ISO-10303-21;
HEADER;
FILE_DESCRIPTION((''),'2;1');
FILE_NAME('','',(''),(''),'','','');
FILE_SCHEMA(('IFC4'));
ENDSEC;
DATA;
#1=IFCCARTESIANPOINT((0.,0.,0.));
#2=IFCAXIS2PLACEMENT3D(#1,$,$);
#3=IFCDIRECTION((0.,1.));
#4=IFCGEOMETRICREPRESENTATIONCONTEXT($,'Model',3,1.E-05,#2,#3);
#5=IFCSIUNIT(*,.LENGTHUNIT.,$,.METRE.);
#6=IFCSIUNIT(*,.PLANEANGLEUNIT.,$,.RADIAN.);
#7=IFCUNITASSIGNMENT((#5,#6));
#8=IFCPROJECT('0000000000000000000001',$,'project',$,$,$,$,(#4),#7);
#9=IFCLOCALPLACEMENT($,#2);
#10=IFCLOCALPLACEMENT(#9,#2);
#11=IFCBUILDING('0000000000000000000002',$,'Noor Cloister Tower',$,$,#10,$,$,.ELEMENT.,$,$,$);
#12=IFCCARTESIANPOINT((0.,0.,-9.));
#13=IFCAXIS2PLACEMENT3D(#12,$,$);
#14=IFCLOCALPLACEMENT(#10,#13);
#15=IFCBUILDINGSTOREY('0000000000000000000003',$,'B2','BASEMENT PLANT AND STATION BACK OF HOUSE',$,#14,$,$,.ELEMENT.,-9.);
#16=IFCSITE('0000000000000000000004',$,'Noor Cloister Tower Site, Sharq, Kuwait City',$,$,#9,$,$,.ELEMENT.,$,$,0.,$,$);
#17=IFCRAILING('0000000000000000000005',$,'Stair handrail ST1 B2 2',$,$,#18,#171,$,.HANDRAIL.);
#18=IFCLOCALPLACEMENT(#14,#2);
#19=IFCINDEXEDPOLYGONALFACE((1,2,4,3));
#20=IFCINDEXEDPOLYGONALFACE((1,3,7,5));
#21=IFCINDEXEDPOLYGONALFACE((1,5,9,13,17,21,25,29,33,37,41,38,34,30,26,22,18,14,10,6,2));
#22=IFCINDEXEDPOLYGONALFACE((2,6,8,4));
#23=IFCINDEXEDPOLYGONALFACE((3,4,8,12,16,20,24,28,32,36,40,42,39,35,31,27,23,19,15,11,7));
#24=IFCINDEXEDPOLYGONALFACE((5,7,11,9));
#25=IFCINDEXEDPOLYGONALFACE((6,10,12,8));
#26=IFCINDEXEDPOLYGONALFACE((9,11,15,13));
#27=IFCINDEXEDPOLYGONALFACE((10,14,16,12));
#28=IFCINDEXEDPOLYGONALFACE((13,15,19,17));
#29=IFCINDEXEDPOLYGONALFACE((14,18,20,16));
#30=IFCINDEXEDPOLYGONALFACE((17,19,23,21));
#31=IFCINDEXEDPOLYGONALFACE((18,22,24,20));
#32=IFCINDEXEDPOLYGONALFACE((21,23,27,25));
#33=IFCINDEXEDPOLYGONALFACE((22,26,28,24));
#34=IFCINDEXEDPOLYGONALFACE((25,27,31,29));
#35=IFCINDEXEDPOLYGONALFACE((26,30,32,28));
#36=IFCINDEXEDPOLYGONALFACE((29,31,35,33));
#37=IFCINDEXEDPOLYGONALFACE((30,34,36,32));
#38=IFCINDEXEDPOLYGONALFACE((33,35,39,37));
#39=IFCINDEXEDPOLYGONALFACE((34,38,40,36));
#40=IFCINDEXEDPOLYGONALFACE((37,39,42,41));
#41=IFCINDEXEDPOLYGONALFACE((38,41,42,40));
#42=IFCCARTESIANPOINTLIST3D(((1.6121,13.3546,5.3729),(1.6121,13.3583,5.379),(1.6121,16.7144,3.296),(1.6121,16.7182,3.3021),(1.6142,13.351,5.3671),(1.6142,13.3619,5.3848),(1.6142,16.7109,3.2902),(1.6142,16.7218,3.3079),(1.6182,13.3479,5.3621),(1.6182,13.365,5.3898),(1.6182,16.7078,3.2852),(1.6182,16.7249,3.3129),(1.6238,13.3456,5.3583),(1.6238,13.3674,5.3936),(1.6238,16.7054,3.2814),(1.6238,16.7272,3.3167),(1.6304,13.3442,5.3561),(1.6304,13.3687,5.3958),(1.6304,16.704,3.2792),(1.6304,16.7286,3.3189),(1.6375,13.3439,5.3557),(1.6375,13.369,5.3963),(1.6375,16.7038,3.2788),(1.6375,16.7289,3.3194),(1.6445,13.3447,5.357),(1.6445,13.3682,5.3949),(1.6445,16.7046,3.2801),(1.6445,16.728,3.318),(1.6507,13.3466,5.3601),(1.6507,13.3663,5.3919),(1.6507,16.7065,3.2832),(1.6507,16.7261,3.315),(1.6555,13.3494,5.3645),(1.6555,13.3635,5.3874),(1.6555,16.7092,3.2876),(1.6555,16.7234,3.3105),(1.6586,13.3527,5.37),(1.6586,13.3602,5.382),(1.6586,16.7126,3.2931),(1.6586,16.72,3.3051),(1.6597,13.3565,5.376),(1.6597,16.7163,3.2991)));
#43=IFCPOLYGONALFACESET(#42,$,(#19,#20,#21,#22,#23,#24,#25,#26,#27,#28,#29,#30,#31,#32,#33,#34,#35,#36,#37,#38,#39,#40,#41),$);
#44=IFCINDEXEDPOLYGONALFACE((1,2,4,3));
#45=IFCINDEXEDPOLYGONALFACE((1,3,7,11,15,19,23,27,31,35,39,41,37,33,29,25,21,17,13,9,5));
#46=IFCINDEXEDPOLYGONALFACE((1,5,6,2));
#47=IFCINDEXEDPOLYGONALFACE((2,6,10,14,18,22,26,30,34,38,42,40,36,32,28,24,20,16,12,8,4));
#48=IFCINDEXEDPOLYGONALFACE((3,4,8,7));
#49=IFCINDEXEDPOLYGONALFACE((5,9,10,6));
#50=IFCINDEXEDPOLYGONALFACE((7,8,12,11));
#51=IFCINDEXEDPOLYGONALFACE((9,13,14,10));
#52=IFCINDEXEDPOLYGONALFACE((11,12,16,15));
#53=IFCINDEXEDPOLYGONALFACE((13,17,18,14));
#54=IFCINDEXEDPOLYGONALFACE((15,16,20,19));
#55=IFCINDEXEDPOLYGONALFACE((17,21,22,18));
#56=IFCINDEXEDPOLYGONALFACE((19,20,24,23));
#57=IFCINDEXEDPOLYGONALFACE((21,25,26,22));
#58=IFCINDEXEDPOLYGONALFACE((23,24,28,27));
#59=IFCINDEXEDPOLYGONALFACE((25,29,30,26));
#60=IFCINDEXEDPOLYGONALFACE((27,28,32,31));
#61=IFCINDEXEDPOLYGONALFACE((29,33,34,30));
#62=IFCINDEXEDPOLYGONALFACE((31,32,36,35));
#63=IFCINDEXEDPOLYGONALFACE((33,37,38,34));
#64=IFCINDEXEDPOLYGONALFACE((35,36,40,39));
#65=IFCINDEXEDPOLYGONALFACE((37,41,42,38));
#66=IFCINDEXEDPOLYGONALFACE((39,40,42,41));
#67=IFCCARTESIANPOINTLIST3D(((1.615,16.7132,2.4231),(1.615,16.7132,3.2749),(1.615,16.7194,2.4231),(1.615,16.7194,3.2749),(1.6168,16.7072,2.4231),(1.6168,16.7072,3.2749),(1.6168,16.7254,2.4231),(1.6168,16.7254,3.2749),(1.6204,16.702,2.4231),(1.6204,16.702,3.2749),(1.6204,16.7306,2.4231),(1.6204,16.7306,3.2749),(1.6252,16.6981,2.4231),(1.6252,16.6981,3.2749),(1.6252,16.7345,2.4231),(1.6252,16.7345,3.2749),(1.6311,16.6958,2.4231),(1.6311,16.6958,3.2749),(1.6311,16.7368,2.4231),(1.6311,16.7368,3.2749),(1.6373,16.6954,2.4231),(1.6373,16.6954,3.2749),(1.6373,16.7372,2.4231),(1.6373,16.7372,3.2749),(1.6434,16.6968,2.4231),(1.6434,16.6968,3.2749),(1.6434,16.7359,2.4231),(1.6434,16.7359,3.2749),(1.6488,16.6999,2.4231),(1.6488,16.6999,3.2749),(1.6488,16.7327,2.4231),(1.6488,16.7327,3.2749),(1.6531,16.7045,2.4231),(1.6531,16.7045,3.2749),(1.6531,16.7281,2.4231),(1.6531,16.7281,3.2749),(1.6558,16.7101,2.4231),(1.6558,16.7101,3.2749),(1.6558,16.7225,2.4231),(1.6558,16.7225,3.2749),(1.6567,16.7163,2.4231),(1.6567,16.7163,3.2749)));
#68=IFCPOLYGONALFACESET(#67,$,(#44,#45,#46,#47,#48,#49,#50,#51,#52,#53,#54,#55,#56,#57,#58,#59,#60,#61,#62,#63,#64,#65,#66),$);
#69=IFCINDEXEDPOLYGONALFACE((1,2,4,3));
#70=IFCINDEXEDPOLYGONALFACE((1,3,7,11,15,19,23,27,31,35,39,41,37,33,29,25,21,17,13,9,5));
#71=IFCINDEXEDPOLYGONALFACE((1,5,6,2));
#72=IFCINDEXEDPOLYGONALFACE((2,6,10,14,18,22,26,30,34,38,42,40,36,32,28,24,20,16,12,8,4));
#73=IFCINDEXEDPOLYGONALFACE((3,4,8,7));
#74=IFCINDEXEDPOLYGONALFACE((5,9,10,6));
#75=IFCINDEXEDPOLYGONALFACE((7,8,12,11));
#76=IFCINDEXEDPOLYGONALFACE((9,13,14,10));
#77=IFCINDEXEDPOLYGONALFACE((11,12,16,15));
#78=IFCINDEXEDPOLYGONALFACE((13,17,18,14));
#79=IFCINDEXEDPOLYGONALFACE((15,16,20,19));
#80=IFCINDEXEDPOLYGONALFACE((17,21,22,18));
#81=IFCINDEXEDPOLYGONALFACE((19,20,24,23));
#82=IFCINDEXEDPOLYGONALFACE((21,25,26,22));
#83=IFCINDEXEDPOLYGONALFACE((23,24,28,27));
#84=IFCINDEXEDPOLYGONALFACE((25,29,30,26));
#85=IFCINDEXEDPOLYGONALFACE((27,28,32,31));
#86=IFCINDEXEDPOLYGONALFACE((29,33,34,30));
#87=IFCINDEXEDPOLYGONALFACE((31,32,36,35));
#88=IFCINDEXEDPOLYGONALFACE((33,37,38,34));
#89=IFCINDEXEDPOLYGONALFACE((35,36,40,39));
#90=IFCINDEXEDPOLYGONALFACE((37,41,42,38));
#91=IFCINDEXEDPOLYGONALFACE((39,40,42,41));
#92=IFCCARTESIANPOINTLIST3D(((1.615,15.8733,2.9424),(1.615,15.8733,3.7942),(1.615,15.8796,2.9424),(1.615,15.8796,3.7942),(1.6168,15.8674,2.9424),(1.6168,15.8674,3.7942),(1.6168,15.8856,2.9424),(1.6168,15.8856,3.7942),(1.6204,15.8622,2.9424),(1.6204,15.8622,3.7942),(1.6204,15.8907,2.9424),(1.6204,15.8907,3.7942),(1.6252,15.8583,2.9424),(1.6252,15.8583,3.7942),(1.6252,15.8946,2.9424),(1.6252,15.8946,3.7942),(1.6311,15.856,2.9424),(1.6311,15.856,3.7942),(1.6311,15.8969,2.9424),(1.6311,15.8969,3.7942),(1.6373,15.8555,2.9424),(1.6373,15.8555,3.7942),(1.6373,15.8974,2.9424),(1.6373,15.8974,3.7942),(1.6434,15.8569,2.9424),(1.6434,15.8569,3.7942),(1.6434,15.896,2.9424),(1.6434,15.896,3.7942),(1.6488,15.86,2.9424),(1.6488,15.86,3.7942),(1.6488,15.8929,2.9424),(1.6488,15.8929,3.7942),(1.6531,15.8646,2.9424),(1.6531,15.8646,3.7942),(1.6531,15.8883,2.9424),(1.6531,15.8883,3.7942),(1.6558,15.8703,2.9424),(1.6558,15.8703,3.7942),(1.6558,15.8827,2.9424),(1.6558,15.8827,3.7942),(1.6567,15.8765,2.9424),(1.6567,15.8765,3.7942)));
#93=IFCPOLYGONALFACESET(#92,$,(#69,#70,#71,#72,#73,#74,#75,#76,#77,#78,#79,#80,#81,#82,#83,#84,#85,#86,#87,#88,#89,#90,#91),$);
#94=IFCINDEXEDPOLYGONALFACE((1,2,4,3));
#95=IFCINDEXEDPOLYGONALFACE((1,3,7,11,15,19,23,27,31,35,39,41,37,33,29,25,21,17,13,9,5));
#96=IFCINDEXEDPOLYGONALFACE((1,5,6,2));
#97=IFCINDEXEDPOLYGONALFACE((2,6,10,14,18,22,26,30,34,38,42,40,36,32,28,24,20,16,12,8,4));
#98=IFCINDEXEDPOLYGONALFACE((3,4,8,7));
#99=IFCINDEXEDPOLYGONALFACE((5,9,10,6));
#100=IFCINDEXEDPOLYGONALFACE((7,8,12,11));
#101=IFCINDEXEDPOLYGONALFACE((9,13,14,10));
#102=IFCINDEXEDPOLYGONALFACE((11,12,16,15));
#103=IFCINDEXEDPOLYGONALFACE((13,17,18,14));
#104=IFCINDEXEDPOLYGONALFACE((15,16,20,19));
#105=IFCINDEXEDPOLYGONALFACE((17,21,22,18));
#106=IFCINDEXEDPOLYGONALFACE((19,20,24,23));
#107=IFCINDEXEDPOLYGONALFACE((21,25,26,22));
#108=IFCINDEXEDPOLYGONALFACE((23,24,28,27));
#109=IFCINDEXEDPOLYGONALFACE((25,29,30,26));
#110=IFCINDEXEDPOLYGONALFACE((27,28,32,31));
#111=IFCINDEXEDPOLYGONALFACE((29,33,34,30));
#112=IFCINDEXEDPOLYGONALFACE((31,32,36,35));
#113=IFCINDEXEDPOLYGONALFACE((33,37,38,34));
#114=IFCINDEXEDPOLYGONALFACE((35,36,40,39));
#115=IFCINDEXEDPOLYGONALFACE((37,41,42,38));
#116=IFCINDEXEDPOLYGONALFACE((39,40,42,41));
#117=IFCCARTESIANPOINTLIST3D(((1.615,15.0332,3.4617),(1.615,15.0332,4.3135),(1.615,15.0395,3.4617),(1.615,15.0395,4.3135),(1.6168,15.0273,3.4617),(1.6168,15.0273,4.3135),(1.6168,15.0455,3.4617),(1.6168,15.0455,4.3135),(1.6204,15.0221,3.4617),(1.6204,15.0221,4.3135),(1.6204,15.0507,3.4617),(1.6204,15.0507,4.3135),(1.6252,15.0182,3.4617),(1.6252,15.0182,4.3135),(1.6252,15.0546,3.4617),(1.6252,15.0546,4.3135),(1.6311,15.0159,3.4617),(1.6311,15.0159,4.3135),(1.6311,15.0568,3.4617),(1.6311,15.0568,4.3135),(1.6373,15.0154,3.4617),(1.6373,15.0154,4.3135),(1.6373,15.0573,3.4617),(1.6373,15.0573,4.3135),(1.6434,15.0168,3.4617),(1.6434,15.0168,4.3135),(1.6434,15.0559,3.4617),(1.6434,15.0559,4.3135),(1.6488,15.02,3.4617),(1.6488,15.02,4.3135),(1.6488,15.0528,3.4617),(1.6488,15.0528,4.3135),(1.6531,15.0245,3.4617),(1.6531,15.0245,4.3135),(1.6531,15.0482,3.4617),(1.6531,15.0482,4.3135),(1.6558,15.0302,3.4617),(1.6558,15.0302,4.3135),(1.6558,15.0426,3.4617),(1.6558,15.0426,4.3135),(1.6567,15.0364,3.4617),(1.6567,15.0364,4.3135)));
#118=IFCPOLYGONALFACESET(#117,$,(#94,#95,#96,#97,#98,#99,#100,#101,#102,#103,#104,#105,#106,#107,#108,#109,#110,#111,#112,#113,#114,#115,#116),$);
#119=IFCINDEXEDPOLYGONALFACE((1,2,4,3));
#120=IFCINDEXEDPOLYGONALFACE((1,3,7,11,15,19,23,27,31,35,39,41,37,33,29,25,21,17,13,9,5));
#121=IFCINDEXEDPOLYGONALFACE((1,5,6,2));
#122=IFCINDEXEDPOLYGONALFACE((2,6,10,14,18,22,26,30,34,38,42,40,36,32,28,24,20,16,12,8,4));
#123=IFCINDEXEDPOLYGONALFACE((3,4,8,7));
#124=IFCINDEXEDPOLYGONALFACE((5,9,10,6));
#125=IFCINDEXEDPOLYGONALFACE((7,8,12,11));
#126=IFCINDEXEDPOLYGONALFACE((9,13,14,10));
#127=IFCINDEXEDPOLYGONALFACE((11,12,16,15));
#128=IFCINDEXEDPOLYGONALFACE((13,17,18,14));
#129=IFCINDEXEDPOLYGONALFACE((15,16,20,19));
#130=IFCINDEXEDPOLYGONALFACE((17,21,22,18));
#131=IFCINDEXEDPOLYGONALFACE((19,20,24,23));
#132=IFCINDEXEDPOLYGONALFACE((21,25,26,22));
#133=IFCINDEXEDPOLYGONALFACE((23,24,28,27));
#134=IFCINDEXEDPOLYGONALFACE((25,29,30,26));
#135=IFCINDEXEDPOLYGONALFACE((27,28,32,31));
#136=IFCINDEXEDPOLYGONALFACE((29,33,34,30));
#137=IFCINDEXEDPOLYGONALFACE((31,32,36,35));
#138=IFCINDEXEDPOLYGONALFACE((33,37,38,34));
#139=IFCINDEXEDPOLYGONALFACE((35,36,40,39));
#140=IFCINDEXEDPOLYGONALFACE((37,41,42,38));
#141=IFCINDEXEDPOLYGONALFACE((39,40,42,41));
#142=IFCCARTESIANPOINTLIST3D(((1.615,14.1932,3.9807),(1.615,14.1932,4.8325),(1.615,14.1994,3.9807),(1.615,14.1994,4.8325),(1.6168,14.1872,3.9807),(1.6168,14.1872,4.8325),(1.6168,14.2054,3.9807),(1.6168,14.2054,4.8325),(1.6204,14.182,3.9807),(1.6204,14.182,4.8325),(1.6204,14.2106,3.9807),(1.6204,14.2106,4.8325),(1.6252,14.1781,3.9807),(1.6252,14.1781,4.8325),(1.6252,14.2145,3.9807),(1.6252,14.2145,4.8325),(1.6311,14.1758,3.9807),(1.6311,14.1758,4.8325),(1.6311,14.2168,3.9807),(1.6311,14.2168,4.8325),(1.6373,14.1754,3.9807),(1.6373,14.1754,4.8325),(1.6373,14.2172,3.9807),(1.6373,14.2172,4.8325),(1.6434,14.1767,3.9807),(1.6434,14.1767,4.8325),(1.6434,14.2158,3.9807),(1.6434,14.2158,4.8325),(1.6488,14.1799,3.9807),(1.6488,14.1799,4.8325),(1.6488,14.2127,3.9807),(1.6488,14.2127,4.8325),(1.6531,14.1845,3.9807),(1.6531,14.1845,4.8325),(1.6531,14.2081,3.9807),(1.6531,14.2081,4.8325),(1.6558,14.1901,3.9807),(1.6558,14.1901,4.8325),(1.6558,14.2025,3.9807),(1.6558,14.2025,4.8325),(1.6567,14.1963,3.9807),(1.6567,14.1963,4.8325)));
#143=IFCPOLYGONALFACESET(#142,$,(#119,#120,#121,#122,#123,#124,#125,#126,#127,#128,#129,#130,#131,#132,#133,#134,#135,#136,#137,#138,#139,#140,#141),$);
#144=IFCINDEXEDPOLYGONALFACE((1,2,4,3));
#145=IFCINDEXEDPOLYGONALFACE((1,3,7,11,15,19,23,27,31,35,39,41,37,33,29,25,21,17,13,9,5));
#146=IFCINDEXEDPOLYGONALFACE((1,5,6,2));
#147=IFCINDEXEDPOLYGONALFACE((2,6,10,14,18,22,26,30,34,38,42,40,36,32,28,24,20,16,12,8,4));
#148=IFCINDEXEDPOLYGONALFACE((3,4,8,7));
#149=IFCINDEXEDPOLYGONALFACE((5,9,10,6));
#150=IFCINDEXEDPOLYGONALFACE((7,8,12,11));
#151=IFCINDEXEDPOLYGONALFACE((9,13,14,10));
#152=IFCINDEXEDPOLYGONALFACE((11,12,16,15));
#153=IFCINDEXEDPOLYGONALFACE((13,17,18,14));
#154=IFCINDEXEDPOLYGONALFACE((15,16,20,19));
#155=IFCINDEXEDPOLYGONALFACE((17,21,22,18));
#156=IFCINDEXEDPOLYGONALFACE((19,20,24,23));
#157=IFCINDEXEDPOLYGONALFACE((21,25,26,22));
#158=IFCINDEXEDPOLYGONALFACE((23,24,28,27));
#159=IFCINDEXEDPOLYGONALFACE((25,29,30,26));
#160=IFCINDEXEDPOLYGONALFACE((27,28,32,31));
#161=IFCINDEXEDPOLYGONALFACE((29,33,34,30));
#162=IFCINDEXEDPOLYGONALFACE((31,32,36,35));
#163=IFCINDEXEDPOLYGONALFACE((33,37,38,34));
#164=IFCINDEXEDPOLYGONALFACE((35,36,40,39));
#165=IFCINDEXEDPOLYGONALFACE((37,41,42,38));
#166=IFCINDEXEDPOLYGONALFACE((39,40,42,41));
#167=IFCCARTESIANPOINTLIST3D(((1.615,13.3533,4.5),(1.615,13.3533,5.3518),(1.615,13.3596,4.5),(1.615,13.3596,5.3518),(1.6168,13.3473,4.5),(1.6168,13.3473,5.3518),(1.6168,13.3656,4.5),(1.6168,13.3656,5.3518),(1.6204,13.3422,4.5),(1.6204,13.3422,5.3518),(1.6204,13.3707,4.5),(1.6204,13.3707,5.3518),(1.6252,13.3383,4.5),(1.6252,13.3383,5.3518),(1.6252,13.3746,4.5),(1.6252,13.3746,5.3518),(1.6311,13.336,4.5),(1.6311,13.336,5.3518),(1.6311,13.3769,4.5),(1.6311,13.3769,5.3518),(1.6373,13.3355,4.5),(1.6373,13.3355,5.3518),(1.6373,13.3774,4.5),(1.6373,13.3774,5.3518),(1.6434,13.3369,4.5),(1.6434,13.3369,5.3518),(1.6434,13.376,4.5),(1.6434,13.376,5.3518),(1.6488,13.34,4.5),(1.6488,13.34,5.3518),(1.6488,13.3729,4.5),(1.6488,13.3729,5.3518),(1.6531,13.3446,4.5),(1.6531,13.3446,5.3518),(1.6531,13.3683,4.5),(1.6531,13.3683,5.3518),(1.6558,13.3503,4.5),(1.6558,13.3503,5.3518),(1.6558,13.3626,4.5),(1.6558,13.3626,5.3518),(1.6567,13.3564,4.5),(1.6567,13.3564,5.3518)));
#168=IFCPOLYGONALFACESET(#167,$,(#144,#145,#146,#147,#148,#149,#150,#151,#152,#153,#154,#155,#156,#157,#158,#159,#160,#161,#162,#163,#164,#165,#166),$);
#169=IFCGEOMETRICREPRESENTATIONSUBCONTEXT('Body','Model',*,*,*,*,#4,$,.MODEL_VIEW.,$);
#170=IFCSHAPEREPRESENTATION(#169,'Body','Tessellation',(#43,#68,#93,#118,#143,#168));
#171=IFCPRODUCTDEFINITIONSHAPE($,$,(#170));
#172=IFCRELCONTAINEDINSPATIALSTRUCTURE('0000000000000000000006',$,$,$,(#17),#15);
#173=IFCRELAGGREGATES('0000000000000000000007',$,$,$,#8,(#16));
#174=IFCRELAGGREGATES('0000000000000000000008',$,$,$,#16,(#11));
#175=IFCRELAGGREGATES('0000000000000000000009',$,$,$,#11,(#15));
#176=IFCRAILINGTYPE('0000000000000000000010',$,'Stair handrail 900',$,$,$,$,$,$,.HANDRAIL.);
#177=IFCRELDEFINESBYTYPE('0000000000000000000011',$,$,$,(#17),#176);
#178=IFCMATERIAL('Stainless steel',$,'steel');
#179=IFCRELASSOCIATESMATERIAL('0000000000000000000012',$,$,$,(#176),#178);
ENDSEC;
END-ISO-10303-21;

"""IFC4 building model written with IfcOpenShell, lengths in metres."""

from ifc_helpers import new_model, si_unit, direction, frame, origin, origin_2d, place, context, subcontext, project, spatial, circle, extrude, material, type_object, element, save


model = new_model("IFC4")

# Units and contexts
model_context = context("Model", 3, precision=1e-05, world=origin(), true_north=direction((0.0, 1.0)))
body_context = subcontext(model_context, "Body", "Model", "MODEL_VIEW")
ifc_project = project(units=[si_unit("LENGTHUNIT", "METRE"), si_unit("PLANEANGLEUNIT", "RADIAN")], contexts=[model_context])

# Site, building, storey
site_placement = place(None, origin())
site = spatial("IfcSite", under=ifc_project, at=site_placement, Name="Noor Cloister Tower Site, Sharq, Kuwait City", CompositionType="ELEMENT", RefElevation=0.0)
building_placement = place(site_placement, origin())
building = spatial("IfcBuilding", under=site, at=building_placement, Name="Noor Cloister Tower", CompositionType="ELEMENT")
storey_placement = place(building_placement, frame((0.0, 0.0, -9.0)))
storey = spatial("IfcBuildingStorey", under=building, at=storey_placement, Name="B2", Description="BASEMENT PLANT AND STATION BACK OF HOUSE", CompositionType="ELEMENT", Elevation=-9.0)

# Railing
ifc_material_1 = material(Name="Stainless steel", Category="steel")
railing_type_1 = type_object("IfcRailingType", Name="Stair handrail 900", PredefinedType="HANDRAIL", material=ifc_material_1)
railing_1_placement = place(storey_placement, frame((1.6357, 16.7163, 2.4231)))
element("IfcRailing", 1, at=railing_1_placement, inside=storey, type_object=railing_type_1, Name="Stair handrail ST1 B2 2", PredefinedType="HANDRAIL", context=body_context, shape_type="SweptSolid", body=[
    extrude(circle(Radius=0.0239, at=origin_2d()), frame((0.0, 0.0, 0.876), z_axis=(0.0, -0.850606, 0.525803), x_axis=(1.0, 0.0, 0.0)), (0.0, 0.0, 1.0), 3.95),
    extrude(circle(Radius=0.021, at=origin_2d()), origin(), (0.0, 0.0, 1.0), 0.8518),
    extrude(circle(Radius=0.021, at=origin_2d()), frame((0.0, -0.8398, 0.5193)), (0.0, 0.0, 1.0), 0.8518),
    extrude(circle(Radius=0.021, at=origin_2d()), frame((0.0, -1.6799, 1.0386)), (0.0, 0.0, 1.0), 0.8518),
    extrude(circle(Radius=0.021, at=origin_2d()), frame((0.0, -2.52, 1.5576)), (0.0, 0.0, 1.0), 0.8518),
    extrude(circle(Radius=0.021, at=origin_2d()), frame((0.0, -3.3599, 2.0769)), (0.0, 0.0, 1.0), 0.8518),
])

save(model, "model.ifc")
